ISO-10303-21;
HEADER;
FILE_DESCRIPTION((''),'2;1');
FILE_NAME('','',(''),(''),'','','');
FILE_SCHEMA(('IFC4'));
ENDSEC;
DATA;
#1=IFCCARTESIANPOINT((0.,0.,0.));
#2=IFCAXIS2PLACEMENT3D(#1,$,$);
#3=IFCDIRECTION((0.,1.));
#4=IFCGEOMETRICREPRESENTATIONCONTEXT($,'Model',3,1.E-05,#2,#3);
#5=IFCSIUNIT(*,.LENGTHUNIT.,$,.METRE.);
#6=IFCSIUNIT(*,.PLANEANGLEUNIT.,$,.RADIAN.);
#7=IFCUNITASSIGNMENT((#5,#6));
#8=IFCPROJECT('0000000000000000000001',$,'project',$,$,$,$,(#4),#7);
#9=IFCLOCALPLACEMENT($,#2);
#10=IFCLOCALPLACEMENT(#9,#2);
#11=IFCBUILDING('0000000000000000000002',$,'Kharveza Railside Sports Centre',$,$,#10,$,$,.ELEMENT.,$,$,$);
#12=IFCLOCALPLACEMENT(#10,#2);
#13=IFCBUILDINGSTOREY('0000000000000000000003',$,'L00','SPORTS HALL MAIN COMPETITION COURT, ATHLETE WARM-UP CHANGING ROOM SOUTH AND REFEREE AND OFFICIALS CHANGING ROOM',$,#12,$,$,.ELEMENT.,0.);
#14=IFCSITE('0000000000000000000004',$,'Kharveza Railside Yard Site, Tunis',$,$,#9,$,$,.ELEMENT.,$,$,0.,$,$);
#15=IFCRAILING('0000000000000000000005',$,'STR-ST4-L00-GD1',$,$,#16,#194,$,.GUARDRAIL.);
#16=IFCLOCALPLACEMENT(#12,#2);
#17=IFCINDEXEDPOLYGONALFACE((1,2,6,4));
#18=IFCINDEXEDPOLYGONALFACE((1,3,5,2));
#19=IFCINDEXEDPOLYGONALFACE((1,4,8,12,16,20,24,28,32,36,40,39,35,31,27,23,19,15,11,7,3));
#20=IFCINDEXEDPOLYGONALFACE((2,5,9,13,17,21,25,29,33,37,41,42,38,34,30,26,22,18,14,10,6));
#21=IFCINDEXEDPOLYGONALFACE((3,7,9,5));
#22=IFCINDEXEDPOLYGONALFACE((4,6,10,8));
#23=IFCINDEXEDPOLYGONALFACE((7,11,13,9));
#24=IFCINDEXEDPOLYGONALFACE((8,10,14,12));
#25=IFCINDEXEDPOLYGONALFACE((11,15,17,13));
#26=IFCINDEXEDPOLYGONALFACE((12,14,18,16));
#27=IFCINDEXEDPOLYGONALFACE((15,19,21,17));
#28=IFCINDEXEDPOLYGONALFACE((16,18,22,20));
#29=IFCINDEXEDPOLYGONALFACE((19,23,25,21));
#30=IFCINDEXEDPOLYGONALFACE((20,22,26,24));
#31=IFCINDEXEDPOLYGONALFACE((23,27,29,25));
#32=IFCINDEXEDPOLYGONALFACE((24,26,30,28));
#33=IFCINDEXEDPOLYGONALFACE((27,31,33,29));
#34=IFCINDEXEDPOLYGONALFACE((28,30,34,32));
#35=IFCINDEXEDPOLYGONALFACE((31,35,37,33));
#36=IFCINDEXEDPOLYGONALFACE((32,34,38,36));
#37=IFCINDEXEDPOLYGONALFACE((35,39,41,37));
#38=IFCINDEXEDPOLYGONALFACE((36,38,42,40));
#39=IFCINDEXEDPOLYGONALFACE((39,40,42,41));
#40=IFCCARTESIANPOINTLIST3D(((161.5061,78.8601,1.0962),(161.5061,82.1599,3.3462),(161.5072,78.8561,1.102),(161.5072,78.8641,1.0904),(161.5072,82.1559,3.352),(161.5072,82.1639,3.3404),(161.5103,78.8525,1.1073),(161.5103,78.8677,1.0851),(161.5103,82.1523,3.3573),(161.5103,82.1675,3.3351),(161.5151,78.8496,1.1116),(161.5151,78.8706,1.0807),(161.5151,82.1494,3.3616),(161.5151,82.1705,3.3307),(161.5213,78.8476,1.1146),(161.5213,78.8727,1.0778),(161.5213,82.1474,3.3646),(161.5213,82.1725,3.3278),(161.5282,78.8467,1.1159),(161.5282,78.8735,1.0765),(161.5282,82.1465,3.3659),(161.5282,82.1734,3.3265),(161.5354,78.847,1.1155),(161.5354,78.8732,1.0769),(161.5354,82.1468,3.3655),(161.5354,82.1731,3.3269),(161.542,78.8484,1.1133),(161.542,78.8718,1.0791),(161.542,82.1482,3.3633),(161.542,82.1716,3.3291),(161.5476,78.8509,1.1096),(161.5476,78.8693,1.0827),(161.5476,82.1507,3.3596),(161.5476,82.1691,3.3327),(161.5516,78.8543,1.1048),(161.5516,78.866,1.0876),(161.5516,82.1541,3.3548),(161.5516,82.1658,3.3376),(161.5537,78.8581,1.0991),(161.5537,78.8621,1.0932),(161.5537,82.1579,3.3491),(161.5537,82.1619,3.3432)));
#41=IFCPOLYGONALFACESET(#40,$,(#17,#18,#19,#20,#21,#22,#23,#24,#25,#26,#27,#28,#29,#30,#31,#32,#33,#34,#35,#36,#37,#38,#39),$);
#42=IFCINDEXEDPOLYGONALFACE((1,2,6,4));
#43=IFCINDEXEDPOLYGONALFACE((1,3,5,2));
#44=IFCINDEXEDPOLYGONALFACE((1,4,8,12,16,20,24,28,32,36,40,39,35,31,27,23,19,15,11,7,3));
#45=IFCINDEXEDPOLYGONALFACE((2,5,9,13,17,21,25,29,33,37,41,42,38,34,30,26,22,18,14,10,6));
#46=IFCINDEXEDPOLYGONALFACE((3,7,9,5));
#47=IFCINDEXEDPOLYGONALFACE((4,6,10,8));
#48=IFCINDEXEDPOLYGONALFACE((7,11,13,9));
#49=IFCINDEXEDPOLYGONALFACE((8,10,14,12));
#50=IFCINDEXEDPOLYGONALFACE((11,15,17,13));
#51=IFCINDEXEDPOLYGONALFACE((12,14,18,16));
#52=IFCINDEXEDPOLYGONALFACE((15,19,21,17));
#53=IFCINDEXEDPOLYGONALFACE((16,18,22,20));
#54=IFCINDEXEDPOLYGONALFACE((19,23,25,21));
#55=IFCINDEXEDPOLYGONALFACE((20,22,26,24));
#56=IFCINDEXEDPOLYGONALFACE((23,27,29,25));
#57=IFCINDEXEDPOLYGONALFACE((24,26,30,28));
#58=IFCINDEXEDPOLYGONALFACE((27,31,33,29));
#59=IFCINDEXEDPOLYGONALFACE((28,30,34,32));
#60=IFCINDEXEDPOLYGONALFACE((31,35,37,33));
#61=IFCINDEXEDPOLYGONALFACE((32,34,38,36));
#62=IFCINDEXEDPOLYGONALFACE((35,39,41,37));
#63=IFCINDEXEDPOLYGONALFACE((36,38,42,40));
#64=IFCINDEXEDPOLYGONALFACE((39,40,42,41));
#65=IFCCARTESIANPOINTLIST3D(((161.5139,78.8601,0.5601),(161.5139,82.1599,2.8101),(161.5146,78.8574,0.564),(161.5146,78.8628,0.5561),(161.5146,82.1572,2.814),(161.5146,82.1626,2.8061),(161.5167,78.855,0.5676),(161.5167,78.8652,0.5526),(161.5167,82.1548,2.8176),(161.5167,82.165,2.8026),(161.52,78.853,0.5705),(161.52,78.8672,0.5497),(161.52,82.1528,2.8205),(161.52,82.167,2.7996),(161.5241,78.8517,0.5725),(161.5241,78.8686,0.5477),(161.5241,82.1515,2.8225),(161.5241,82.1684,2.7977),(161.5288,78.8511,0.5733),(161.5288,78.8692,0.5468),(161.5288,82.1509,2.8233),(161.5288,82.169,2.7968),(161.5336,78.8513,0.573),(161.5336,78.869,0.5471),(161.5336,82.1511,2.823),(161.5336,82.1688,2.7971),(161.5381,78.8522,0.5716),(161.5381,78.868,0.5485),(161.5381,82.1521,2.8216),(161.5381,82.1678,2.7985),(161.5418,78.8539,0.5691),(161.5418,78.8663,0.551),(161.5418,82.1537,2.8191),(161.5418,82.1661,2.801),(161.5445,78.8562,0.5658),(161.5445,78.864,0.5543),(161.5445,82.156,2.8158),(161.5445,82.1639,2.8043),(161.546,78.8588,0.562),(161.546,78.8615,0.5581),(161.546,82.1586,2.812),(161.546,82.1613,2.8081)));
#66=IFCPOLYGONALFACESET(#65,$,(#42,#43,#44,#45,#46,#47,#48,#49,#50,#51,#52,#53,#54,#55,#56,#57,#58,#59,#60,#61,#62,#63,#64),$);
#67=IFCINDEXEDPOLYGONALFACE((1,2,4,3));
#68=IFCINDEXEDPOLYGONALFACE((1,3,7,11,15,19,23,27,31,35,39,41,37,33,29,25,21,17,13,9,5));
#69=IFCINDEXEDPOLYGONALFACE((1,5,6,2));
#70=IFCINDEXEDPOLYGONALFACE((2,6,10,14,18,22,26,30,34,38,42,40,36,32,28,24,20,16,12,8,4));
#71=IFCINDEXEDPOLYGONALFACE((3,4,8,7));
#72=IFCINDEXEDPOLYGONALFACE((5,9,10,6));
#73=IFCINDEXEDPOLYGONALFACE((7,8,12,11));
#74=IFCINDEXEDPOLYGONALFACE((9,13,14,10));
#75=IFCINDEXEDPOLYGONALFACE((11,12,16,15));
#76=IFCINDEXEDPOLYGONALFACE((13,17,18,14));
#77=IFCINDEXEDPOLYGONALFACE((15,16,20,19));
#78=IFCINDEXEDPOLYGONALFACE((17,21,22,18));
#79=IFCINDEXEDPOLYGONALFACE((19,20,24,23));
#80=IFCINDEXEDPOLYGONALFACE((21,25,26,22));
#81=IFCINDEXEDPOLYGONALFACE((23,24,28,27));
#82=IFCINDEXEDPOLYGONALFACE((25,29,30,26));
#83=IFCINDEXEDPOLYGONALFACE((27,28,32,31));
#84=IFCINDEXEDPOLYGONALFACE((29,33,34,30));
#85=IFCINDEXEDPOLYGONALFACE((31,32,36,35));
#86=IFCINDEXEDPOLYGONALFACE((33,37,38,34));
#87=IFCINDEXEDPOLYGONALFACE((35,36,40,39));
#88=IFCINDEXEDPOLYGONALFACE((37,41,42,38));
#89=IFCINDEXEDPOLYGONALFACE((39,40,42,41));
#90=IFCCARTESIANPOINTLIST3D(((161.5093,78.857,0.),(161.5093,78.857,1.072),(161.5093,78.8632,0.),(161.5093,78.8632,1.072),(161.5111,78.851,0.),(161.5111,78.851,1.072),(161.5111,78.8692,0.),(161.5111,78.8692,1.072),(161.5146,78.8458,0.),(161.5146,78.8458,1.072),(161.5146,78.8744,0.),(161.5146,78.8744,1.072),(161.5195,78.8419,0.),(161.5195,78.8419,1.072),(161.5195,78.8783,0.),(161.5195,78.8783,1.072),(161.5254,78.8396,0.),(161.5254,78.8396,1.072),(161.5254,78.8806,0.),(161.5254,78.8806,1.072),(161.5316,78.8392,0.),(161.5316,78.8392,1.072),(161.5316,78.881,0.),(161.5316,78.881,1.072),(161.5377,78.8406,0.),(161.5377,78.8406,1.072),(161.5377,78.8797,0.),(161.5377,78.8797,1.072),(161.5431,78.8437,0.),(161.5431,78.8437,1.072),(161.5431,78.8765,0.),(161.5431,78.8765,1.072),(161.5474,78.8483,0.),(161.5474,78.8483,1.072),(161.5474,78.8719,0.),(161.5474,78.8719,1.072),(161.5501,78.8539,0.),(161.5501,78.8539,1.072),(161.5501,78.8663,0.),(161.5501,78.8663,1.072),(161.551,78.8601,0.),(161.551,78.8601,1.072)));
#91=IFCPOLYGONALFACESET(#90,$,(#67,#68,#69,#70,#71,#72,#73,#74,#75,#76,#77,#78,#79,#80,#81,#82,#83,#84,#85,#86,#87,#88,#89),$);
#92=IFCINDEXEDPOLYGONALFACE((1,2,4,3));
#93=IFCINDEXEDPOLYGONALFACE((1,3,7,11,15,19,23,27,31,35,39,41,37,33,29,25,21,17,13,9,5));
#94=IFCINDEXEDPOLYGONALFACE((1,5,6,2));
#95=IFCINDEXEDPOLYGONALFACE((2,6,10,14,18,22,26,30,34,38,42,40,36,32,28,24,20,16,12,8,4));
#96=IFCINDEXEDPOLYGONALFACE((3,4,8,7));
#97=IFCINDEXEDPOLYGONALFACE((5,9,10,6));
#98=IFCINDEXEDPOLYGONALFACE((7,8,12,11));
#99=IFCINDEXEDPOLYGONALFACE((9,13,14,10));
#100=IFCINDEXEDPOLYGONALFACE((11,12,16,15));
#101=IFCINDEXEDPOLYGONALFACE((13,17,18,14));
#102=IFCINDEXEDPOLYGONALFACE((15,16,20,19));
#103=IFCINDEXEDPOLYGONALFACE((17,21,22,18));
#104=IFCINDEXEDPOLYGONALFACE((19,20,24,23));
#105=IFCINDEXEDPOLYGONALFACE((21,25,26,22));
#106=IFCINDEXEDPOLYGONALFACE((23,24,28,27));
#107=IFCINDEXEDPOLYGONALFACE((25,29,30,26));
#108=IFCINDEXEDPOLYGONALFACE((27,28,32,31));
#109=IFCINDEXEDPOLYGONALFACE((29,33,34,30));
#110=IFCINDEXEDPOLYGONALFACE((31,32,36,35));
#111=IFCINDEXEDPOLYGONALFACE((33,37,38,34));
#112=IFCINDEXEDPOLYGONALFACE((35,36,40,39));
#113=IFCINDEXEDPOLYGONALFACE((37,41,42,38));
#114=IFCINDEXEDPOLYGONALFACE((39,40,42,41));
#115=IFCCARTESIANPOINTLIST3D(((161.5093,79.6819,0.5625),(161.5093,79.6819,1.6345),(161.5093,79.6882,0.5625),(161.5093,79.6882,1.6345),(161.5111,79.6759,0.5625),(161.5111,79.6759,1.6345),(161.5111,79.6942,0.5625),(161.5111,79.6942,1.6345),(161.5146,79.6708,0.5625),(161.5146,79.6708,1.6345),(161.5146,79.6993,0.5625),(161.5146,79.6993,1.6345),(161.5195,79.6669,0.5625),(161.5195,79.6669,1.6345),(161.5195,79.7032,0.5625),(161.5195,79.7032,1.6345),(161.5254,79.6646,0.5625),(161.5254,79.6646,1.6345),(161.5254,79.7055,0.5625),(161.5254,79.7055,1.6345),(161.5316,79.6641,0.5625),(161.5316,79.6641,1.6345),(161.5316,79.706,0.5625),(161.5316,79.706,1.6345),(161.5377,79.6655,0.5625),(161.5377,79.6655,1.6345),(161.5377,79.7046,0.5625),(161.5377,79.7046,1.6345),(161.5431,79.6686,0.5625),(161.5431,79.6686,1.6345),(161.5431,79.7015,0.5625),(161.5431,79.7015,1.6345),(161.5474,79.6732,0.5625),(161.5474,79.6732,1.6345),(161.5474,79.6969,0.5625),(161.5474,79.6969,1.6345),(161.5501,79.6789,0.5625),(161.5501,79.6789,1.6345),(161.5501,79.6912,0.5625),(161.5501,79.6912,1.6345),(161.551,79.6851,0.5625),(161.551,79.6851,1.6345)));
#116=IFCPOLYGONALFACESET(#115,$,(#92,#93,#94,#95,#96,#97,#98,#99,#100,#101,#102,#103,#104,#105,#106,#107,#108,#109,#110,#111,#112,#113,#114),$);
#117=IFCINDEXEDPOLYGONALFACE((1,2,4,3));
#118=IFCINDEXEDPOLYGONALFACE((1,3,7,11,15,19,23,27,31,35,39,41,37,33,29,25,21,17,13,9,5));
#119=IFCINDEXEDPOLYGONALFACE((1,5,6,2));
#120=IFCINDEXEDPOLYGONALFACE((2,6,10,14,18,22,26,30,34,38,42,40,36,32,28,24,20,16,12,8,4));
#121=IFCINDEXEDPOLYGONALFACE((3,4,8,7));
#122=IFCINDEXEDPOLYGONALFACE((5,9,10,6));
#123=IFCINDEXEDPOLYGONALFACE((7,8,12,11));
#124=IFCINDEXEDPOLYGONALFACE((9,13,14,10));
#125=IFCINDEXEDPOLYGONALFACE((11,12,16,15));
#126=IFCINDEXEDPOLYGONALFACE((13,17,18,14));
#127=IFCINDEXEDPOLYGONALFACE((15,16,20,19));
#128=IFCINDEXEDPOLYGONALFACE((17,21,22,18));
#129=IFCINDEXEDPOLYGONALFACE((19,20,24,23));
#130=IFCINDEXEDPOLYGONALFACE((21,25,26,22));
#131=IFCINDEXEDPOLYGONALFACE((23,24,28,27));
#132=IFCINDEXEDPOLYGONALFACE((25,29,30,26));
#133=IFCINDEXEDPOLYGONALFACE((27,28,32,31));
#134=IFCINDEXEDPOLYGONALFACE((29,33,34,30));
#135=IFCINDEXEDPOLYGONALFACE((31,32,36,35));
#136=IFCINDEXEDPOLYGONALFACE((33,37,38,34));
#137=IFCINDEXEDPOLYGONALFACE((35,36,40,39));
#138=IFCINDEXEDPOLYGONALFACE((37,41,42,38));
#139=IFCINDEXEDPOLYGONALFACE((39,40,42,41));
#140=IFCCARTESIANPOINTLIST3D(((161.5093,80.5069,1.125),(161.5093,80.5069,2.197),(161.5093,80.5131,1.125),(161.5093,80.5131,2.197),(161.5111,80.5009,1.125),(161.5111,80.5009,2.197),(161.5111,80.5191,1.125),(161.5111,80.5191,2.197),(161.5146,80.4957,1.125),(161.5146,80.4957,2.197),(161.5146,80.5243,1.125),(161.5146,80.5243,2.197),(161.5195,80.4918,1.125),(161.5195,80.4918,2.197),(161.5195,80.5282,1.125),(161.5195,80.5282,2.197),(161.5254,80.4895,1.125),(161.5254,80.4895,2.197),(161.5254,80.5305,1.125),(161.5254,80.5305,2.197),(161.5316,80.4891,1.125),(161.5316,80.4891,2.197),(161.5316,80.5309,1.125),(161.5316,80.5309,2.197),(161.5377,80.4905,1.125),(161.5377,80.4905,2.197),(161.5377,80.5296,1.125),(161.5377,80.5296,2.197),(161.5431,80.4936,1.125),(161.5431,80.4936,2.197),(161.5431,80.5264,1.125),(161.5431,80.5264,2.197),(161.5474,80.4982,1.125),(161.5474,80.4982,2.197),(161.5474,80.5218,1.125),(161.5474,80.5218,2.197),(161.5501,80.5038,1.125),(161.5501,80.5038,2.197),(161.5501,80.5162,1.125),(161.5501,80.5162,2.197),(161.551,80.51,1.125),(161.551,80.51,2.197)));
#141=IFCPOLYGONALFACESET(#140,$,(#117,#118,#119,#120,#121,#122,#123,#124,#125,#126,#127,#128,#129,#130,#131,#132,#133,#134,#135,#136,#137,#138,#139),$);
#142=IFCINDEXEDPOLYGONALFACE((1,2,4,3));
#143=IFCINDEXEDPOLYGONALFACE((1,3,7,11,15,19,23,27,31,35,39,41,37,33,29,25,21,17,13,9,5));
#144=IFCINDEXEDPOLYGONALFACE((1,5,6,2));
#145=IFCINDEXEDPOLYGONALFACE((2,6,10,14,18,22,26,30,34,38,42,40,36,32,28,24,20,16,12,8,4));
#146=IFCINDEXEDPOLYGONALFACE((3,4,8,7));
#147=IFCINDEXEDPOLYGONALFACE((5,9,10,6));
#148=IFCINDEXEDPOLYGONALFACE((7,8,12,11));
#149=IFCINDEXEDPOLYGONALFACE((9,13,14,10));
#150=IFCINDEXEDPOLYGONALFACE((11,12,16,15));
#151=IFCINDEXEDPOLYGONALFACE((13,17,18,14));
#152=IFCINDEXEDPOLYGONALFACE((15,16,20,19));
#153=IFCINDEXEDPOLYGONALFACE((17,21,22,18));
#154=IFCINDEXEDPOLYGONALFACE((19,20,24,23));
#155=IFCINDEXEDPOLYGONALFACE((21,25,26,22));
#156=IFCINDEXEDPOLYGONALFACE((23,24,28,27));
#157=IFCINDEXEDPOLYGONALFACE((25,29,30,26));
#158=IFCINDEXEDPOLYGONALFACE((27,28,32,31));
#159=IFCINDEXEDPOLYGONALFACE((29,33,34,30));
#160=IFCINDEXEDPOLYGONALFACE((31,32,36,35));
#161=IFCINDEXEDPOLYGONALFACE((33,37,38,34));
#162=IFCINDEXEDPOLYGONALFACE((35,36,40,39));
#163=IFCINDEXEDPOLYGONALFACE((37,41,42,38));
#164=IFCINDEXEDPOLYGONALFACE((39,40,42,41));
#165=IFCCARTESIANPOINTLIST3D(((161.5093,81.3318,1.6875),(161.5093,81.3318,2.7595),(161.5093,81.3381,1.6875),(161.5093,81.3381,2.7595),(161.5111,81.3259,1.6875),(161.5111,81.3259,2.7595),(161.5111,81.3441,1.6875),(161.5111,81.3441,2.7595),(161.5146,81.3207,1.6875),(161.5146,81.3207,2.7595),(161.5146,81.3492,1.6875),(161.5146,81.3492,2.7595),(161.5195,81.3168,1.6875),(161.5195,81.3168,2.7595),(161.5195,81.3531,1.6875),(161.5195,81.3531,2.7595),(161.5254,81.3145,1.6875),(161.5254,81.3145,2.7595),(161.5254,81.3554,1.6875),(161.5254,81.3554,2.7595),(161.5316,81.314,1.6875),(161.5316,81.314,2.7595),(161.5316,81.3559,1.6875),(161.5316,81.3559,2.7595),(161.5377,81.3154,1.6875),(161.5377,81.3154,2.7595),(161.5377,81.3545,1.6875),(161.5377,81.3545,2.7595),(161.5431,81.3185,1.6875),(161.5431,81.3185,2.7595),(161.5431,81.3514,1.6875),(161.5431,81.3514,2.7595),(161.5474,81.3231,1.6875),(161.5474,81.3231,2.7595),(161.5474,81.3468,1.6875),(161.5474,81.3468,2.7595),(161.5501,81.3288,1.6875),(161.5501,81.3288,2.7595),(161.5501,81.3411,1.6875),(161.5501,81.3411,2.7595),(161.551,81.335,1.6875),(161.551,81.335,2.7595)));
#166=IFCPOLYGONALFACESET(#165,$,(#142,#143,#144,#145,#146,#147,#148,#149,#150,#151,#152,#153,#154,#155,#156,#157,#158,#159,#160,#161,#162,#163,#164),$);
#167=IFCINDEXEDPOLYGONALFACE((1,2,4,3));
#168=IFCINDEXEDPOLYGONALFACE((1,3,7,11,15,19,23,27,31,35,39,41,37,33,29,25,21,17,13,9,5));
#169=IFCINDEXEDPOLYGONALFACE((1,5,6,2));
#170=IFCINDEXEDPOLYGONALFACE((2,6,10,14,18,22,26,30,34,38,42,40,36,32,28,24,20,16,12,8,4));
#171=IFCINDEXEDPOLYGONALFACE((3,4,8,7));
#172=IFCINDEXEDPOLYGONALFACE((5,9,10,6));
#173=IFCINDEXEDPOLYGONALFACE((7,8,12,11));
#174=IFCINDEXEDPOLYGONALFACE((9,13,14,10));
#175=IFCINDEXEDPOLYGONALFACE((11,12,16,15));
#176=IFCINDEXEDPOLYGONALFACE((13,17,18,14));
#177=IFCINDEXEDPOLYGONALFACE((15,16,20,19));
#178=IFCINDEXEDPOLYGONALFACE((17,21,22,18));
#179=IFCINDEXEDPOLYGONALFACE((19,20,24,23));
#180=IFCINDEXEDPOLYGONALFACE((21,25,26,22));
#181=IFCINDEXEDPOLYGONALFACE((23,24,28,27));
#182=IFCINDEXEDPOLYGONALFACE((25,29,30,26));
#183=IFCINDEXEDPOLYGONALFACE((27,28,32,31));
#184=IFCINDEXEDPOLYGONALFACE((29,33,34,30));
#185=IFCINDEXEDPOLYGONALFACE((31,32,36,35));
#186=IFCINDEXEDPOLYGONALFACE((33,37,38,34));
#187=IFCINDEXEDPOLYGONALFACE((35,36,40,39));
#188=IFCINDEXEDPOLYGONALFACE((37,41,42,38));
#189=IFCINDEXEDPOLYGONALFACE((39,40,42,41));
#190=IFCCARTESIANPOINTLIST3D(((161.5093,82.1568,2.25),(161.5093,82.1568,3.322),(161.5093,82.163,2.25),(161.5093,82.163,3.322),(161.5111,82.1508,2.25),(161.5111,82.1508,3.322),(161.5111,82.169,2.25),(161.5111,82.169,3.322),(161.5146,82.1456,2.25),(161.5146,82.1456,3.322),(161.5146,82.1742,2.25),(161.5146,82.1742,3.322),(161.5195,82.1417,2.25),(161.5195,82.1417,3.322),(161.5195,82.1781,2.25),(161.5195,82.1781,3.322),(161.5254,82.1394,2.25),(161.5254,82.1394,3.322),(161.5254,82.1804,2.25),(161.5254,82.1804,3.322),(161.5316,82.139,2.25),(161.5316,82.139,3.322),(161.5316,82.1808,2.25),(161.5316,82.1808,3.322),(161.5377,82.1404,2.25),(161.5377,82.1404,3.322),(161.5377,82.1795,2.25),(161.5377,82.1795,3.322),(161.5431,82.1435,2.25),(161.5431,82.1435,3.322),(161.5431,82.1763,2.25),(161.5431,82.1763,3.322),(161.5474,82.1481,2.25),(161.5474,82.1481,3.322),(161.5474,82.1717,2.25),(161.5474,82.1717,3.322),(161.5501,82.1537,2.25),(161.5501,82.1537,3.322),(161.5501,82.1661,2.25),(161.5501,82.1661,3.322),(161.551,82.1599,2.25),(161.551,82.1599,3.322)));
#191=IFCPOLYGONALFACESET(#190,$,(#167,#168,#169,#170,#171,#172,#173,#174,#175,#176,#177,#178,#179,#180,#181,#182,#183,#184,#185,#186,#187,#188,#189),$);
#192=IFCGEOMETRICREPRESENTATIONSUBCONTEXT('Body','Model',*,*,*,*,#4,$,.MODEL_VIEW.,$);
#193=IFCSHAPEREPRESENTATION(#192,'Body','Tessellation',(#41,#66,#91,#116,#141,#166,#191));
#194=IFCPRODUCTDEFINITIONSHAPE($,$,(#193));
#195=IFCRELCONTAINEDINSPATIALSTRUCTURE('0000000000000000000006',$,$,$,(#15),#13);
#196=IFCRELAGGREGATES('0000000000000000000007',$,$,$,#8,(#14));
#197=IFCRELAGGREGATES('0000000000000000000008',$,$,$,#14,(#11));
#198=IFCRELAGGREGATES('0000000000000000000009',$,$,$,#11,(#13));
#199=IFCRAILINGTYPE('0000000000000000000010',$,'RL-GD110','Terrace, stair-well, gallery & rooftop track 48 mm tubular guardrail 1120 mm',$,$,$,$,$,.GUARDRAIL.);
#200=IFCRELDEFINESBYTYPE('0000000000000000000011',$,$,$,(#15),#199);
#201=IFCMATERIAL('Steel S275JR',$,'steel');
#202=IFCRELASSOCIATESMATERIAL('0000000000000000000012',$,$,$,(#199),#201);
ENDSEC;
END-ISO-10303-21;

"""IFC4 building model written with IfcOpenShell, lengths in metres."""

from ifc_helpers import new_model, si_unit, direction, frame, origin, origin_2d, place, context, subcontext, project, spatial, circle, extrude, material, type_object, element, save


model = new_model("IFC4")

# Units and contexts
model_context = context("Model", 3, precision=1e-05, world=origin(), true_north=direction((0.0, 1.0)))
body_context = subcontext(model_context, "Body", "Model", "MODEL_VIEW")
ifc_project = project(units=[si_unit("LENGTHUNIT", "METRE"), si_unit("PLANEANGLEUNIT", "RADIAN")], contexts=[model_context])

# Site, building, storey
site_placement = place(None, origin())
site = spatial("IfcSite", under=ifc_project, at=site_placement, Name="Kharveza Railside Yard Site, Tunis", CompositionType="ELEMENT", RefElevation=0.0)
building_placement = place(site_placement, origin())
building = spatial("IfcBuilding", under=site, at=building_placement, Name="Kharveza Railside Sports Centre", CompositionType="ELEMENT")
storey_placement = place(building_placement, origin())
storey = spatial("IfcBuildingStorey", under=building, at=storey_placement, Name="L00", Description="SPORTS HALL MAIN COMPETITION COURT, ATHLETE WARM-UP CHANGING ROOM SOUTH AND REFEREE AND OFFICIALS CHANGING ROOM", CompositionType="ELEMENT", Elevation=0.0)

# Railing
ifc_material_1 = material(Name="Steel S275JR", Category="steel")
railing_type = type_object("IfcRailingType", Name="RL-GD110", Description="Terrace, stair-well, gallery & rooftop track 48 mm tubular guardrail 1120 mm", PredefinedType="GUARDRAIL", material=ifc_material_1)
railing_placement = place(storey_placement, frame((161.53, 78.8601, 0.0)))
element("IfcRailing", 1, at=railing_placement, inside=storey, type_object=railing_type, Name="STR-ST4-L00-GD1", PredefinedType="GUARDRAIL", context=body_context, shape_type="SweptSolid", body=[
    extrude(circle(Radius=0.0239, at=origin_2d()), frame((0.0, 0.0, 1.0962), z_axis=(0.0, 0.826212, 0.56336), x_axis=(-1.0, 0.0, 0.0)), (0.0, 0.0, 1.0), 3.9939),
    extrude(circle(Radius=0.0161, at=origin_2d()), frame((0.0, 0.0, 0.5601), z_axis=(0.0, 0.826212, 0.56336), x_axis=(-1.0, 0.0, 0.0)), (0.0, 0.0, 1.0), 3.9939),
    extrude(circle(Radius=0.021, at=origin_2d()), origin(), (0.0, 0.0, 1.0), 1.072),
    extrude(circle(Radius=0.021, at=origin_2d()), frame((0.0, 0.825, 0.5625)), (0.0, 0.0, 1.0), 1.072),
    extrude(circle(Radius=0.021, at=origin_2d()), frame((0.0, 1.6499, 1.125)), (0.0, 0.0, 1.0), 1.072),
    extrude(circle(Radius=0.021, at=origin_2d()), frame((0.0, 2.4749, 1.6875)), (0.0, 0.0, 1.0), 1.072),
    extrude(circle(Radius=0.021, at=origin_2d()), frame((0.0, 3.2998, 2.25)), (0.0, 0.0, 1.0), 1.072),
])

save(model, "model.ifc")
